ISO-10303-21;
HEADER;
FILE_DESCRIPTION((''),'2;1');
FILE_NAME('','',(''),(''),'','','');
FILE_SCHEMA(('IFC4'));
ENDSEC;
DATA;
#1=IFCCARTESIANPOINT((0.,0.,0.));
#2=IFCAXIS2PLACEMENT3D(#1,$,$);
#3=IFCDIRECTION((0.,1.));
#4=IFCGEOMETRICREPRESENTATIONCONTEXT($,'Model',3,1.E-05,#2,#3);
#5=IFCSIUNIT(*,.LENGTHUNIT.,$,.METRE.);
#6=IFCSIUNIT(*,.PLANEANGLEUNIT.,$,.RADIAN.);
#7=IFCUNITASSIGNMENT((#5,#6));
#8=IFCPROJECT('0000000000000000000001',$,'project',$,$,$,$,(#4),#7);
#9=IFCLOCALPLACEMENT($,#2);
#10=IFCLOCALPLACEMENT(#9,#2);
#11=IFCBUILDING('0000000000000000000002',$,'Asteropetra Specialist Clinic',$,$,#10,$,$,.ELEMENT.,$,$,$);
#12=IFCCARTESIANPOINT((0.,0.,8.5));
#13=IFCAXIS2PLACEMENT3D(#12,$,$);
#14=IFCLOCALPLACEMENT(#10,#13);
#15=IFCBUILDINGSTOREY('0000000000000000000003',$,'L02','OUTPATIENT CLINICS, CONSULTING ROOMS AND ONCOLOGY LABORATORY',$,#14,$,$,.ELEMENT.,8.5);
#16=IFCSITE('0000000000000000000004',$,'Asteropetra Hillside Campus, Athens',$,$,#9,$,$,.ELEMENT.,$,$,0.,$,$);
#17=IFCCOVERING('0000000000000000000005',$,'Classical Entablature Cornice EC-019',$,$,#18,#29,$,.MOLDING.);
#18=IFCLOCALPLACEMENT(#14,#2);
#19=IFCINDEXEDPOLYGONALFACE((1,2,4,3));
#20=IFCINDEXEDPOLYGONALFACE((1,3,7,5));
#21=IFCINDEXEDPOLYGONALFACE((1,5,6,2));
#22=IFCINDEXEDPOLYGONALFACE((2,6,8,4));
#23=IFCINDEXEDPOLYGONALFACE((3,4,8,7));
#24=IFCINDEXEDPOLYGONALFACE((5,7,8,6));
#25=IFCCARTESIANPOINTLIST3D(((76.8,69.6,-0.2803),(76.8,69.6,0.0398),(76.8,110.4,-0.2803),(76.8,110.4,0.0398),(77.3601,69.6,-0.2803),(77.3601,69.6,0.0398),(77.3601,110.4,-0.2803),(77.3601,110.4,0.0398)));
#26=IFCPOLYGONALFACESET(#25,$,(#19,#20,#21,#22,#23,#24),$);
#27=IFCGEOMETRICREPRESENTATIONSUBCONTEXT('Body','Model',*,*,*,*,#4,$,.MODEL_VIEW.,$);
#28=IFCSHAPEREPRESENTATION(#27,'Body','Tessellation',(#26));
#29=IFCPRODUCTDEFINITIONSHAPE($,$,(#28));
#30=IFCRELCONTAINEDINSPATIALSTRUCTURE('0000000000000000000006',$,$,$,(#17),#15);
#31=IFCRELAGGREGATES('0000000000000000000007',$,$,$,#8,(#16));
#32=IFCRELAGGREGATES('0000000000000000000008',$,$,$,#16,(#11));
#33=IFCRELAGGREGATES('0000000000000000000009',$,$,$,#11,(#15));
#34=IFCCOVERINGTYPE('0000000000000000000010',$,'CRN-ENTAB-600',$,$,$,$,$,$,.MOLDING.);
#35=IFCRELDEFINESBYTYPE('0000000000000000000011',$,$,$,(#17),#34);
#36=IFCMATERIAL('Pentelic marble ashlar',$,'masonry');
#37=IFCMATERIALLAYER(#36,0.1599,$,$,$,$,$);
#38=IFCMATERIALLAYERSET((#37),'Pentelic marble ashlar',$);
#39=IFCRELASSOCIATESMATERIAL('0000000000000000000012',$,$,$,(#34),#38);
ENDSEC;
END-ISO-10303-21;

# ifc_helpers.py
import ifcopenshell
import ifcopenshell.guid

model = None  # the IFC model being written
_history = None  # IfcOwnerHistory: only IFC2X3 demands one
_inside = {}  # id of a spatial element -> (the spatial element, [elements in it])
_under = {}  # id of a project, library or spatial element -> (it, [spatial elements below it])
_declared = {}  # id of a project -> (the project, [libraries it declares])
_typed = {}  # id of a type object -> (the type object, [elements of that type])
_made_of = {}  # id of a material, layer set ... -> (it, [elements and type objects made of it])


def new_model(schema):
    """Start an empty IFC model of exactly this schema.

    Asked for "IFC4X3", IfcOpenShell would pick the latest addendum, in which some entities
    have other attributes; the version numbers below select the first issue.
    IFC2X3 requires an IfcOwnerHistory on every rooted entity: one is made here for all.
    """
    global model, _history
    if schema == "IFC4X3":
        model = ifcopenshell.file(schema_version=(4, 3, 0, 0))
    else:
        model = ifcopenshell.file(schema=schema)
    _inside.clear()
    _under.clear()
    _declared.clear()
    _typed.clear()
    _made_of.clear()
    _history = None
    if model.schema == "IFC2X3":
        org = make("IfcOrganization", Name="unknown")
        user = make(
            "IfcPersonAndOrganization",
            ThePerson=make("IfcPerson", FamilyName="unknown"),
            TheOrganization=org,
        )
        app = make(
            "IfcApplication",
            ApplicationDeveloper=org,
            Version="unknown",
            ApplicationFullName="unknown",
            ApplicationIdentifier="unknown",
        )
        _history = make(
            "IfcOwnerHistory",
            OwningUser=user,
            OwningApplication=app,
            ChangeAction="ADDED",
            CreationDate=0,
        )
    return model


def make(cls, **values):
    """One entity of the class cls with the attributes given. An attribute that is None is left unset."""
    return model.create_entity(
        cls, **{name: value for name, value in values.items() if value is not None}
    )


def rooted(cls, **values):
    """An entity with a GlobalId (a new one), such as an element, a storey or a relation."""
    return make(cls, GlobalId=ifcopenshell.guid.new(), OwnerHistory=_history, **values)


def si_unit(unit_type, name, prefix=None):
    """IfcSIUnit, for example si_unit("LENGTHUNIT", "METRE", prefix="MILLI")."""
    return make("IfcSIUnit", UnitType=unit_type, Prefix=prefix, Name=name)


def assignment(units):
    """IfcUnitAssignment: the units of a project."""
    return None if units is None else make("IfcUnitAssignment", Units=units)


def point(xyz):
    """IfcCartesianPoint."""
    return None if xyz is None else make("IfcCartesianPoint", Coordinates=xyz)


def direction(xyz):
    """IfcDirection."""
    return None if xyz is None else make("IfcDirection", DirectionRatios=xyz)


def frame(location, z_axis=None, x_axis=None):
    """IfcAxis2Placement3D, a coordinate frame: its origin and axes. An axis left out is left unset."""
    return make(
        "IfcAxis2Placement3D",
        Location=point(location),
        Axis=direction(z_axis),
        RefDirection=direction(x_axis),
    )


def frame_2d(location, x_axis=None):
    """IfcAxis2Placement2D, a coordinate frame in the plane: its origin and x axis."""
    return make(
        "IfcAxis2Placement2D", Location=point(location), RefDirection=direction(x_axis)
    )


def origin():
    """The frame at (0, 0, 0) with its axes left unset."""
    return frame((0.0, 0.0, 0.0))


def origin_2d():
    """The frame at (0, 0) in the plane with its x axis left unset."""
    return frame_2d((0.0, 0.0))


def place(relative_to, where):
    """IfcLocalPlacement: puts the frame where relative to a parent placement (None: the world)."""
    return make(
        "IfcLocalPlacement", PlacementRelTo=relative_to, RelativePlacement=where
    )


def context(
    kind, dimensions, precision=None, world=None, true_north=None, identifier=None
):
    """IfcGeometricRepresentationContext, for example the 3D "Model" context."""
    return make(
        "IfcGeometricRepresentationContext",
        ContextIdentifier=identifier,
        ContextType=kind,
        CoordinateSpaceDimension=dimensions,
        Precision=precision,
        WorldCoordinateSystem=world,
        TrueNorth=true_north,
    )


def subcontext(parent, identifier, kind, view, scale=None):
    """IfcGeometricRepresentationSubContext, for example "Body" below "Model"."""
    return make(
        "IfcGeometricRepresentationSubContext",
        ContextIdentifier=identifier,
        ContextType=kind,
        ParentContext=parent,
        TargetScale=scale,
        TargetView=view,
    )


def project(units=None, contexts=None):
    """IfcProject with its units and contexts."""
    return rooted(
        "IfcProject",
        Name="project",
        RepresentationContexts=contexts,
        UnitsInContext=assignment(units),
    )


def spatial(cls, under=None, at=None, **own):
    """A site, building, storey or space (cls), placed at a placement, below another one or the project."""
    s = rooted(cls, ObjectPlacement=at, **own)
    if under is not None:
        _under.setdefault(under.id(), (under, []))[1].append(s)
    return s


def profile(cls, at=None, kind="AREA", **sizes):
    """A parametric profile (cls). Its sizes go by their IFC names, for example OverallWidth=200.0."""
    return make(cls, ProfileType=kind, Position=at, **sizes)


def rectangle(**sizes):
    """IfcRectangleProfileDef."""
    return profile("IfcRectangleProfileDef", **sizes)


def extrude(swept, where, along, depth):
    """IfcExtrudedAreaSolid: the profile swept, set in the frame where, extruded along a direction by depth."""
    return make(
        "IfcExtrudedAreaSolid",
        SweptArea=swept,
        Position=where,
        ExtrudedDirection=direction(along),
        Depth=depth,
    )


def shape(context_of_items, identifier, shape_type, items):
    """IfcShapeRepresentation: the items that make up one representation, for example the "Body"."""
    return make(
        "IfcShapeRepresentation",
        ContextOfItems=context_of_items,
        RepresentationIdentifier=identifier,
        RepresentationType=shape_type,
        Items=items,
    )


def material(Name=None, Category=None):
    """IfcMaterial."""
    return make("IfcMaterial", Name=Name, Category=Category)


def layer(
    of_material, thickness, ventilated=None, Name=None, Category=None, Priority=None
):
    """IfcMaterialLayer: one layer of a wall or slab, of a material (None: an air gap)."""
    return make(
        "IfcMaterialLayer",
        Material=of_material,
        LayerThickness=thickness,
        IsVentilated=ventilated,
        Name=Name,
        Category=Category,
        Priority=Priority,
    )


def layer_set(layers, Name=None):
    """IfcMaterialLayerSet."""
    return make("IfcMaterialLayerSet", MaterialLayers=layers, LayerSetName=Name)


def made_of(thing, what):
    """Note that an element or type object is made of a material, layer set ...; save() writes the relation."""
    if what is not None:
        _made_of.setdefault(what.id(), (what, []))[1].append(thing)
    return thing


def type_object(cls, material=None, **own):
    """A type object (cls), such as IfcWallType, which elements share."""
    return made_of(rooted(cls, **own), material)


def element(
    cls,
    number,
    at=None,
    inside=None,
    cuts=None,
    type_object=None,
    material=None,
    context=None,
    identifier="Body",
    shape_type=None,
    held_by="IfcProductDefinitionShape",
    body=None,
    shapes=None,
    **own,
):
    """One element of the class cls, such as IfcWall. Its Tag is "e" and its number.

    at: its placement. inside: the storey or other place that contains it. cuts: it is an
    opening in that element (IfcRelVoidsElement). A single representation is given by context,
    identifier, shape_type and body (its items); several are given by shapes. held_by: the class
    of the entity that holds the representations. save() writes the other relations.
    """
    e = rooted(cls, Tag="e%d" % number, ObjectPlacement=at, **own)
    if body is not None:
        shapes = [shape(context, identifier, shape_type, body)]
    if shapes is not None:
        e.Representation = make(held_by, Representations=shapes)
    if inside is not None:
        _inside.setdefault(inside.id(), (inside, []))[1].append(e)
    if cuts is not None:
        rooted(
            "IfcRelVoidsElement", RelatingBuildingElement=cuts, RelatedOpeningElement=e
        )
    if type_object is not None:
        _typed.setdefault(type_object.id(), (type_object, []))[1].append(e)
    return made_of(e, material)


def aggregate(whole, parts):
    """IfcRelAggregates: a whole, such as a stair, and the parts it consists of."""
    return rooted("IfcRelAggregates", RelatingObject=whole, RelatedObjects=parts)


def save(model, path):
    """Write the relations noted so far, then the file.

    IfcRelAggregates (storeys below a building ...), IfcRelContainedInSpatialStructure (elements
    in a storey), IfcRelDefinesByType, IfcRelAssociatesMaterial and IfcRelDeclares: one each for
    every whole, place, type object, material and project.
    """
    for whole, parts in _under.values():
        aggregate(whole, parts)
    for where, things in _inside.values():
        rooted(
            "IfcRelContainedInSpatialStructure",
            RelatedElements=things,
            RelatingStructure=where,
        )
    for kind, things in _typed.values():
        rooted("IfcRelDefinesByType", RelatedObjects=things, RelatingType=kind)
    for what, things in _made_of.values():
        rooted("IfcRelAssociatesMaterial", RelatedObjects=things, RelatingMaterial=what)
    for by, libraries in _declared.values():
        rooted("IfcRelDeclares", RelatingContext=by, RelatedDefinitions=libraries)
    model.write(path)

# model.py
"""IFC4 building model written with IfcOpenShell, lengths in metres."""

from ifc_helpers import new_model, si_unit, direction, frame, origin, origin_2d, place, context, subcontext, project, spatial, rectangle, extrude, material, layer, layer_set, type_object, element, save


model = new_model("IFC4")

# Units and contexts
model_context = context("Model", 3, precision=1e-05, world=origin(), true_north=direction((0.0, 1.0)))
body_context = subcontext(model_context, "Body", "Model", "MODEL_VIEW")
ifc_project = project(units=[si_unit("LENGTHUNIT", "METRE"), si_unit("PLANEANGLEUNIT", "RADIAN")], contexts=[model_context])

# Site, building, storey
site_placement = place(None, origin())
site = spatial("IfcSite", under=ifc_project, at=site_placement, Name="Asteropetra Hillside Campus, Athens", CompositionType="ELEMENT", RefElevation=0.0)
building_placement = place(site_placement, origin())
building = spatial("IfcBuilding", under=site, at=building_placement, Name="Asteropetra Specialist Clinic", CompositionType="ELEMENT")
storey_placement = place(building_placement, frame((0.0, 0.0, 8.5)))
storey = spatial("IfcBuildingStorey", under=building, at=storey_placement, Name="L02", Description="OUTPATIENT CLINICS, CONSULTING ROOMS AND ONCOLOGY LABORATORY", CompositionType="ELEMENT", Elevation=8.5)

# Covering
ifc_material_1 = material(Name="Pentelic marble ashlar", Category="masonry")
ifc_layer_1 = layer(ifc_material_1, 0.1599)
ifc_layer_set_1 = layer_set([ifc_layer_1], Name="Pentelic marble ashlar")
covering_type = type_object("IfcCoveringType", Name="CRN-ENTAB-600", PredefinedType="MOLDING", material=ifc_layer_set_1)
covering_1_placement = place(storey_placement, frame((77.0801, 90.0, -0.2803), z_axis=(0.0, 0.0, 1.0), x_axis=(1.0, 0.0, 0.0)))
element("IfcCovering", 1, at=covering_1_placement, inside=storey, type_object=covering_type, Name="Classical Entablature Cornice EC-019", PredefinedType="MOLDING", context=body_context, shape_type="SweptSolid", body=[
    extrude(rectangle(XDim=0.5601, YDim=40.8, at=origin_2d()), origin(), (0.0, 0.0, 1.0), 0.3201),
])

save(model, "model.ifc")
